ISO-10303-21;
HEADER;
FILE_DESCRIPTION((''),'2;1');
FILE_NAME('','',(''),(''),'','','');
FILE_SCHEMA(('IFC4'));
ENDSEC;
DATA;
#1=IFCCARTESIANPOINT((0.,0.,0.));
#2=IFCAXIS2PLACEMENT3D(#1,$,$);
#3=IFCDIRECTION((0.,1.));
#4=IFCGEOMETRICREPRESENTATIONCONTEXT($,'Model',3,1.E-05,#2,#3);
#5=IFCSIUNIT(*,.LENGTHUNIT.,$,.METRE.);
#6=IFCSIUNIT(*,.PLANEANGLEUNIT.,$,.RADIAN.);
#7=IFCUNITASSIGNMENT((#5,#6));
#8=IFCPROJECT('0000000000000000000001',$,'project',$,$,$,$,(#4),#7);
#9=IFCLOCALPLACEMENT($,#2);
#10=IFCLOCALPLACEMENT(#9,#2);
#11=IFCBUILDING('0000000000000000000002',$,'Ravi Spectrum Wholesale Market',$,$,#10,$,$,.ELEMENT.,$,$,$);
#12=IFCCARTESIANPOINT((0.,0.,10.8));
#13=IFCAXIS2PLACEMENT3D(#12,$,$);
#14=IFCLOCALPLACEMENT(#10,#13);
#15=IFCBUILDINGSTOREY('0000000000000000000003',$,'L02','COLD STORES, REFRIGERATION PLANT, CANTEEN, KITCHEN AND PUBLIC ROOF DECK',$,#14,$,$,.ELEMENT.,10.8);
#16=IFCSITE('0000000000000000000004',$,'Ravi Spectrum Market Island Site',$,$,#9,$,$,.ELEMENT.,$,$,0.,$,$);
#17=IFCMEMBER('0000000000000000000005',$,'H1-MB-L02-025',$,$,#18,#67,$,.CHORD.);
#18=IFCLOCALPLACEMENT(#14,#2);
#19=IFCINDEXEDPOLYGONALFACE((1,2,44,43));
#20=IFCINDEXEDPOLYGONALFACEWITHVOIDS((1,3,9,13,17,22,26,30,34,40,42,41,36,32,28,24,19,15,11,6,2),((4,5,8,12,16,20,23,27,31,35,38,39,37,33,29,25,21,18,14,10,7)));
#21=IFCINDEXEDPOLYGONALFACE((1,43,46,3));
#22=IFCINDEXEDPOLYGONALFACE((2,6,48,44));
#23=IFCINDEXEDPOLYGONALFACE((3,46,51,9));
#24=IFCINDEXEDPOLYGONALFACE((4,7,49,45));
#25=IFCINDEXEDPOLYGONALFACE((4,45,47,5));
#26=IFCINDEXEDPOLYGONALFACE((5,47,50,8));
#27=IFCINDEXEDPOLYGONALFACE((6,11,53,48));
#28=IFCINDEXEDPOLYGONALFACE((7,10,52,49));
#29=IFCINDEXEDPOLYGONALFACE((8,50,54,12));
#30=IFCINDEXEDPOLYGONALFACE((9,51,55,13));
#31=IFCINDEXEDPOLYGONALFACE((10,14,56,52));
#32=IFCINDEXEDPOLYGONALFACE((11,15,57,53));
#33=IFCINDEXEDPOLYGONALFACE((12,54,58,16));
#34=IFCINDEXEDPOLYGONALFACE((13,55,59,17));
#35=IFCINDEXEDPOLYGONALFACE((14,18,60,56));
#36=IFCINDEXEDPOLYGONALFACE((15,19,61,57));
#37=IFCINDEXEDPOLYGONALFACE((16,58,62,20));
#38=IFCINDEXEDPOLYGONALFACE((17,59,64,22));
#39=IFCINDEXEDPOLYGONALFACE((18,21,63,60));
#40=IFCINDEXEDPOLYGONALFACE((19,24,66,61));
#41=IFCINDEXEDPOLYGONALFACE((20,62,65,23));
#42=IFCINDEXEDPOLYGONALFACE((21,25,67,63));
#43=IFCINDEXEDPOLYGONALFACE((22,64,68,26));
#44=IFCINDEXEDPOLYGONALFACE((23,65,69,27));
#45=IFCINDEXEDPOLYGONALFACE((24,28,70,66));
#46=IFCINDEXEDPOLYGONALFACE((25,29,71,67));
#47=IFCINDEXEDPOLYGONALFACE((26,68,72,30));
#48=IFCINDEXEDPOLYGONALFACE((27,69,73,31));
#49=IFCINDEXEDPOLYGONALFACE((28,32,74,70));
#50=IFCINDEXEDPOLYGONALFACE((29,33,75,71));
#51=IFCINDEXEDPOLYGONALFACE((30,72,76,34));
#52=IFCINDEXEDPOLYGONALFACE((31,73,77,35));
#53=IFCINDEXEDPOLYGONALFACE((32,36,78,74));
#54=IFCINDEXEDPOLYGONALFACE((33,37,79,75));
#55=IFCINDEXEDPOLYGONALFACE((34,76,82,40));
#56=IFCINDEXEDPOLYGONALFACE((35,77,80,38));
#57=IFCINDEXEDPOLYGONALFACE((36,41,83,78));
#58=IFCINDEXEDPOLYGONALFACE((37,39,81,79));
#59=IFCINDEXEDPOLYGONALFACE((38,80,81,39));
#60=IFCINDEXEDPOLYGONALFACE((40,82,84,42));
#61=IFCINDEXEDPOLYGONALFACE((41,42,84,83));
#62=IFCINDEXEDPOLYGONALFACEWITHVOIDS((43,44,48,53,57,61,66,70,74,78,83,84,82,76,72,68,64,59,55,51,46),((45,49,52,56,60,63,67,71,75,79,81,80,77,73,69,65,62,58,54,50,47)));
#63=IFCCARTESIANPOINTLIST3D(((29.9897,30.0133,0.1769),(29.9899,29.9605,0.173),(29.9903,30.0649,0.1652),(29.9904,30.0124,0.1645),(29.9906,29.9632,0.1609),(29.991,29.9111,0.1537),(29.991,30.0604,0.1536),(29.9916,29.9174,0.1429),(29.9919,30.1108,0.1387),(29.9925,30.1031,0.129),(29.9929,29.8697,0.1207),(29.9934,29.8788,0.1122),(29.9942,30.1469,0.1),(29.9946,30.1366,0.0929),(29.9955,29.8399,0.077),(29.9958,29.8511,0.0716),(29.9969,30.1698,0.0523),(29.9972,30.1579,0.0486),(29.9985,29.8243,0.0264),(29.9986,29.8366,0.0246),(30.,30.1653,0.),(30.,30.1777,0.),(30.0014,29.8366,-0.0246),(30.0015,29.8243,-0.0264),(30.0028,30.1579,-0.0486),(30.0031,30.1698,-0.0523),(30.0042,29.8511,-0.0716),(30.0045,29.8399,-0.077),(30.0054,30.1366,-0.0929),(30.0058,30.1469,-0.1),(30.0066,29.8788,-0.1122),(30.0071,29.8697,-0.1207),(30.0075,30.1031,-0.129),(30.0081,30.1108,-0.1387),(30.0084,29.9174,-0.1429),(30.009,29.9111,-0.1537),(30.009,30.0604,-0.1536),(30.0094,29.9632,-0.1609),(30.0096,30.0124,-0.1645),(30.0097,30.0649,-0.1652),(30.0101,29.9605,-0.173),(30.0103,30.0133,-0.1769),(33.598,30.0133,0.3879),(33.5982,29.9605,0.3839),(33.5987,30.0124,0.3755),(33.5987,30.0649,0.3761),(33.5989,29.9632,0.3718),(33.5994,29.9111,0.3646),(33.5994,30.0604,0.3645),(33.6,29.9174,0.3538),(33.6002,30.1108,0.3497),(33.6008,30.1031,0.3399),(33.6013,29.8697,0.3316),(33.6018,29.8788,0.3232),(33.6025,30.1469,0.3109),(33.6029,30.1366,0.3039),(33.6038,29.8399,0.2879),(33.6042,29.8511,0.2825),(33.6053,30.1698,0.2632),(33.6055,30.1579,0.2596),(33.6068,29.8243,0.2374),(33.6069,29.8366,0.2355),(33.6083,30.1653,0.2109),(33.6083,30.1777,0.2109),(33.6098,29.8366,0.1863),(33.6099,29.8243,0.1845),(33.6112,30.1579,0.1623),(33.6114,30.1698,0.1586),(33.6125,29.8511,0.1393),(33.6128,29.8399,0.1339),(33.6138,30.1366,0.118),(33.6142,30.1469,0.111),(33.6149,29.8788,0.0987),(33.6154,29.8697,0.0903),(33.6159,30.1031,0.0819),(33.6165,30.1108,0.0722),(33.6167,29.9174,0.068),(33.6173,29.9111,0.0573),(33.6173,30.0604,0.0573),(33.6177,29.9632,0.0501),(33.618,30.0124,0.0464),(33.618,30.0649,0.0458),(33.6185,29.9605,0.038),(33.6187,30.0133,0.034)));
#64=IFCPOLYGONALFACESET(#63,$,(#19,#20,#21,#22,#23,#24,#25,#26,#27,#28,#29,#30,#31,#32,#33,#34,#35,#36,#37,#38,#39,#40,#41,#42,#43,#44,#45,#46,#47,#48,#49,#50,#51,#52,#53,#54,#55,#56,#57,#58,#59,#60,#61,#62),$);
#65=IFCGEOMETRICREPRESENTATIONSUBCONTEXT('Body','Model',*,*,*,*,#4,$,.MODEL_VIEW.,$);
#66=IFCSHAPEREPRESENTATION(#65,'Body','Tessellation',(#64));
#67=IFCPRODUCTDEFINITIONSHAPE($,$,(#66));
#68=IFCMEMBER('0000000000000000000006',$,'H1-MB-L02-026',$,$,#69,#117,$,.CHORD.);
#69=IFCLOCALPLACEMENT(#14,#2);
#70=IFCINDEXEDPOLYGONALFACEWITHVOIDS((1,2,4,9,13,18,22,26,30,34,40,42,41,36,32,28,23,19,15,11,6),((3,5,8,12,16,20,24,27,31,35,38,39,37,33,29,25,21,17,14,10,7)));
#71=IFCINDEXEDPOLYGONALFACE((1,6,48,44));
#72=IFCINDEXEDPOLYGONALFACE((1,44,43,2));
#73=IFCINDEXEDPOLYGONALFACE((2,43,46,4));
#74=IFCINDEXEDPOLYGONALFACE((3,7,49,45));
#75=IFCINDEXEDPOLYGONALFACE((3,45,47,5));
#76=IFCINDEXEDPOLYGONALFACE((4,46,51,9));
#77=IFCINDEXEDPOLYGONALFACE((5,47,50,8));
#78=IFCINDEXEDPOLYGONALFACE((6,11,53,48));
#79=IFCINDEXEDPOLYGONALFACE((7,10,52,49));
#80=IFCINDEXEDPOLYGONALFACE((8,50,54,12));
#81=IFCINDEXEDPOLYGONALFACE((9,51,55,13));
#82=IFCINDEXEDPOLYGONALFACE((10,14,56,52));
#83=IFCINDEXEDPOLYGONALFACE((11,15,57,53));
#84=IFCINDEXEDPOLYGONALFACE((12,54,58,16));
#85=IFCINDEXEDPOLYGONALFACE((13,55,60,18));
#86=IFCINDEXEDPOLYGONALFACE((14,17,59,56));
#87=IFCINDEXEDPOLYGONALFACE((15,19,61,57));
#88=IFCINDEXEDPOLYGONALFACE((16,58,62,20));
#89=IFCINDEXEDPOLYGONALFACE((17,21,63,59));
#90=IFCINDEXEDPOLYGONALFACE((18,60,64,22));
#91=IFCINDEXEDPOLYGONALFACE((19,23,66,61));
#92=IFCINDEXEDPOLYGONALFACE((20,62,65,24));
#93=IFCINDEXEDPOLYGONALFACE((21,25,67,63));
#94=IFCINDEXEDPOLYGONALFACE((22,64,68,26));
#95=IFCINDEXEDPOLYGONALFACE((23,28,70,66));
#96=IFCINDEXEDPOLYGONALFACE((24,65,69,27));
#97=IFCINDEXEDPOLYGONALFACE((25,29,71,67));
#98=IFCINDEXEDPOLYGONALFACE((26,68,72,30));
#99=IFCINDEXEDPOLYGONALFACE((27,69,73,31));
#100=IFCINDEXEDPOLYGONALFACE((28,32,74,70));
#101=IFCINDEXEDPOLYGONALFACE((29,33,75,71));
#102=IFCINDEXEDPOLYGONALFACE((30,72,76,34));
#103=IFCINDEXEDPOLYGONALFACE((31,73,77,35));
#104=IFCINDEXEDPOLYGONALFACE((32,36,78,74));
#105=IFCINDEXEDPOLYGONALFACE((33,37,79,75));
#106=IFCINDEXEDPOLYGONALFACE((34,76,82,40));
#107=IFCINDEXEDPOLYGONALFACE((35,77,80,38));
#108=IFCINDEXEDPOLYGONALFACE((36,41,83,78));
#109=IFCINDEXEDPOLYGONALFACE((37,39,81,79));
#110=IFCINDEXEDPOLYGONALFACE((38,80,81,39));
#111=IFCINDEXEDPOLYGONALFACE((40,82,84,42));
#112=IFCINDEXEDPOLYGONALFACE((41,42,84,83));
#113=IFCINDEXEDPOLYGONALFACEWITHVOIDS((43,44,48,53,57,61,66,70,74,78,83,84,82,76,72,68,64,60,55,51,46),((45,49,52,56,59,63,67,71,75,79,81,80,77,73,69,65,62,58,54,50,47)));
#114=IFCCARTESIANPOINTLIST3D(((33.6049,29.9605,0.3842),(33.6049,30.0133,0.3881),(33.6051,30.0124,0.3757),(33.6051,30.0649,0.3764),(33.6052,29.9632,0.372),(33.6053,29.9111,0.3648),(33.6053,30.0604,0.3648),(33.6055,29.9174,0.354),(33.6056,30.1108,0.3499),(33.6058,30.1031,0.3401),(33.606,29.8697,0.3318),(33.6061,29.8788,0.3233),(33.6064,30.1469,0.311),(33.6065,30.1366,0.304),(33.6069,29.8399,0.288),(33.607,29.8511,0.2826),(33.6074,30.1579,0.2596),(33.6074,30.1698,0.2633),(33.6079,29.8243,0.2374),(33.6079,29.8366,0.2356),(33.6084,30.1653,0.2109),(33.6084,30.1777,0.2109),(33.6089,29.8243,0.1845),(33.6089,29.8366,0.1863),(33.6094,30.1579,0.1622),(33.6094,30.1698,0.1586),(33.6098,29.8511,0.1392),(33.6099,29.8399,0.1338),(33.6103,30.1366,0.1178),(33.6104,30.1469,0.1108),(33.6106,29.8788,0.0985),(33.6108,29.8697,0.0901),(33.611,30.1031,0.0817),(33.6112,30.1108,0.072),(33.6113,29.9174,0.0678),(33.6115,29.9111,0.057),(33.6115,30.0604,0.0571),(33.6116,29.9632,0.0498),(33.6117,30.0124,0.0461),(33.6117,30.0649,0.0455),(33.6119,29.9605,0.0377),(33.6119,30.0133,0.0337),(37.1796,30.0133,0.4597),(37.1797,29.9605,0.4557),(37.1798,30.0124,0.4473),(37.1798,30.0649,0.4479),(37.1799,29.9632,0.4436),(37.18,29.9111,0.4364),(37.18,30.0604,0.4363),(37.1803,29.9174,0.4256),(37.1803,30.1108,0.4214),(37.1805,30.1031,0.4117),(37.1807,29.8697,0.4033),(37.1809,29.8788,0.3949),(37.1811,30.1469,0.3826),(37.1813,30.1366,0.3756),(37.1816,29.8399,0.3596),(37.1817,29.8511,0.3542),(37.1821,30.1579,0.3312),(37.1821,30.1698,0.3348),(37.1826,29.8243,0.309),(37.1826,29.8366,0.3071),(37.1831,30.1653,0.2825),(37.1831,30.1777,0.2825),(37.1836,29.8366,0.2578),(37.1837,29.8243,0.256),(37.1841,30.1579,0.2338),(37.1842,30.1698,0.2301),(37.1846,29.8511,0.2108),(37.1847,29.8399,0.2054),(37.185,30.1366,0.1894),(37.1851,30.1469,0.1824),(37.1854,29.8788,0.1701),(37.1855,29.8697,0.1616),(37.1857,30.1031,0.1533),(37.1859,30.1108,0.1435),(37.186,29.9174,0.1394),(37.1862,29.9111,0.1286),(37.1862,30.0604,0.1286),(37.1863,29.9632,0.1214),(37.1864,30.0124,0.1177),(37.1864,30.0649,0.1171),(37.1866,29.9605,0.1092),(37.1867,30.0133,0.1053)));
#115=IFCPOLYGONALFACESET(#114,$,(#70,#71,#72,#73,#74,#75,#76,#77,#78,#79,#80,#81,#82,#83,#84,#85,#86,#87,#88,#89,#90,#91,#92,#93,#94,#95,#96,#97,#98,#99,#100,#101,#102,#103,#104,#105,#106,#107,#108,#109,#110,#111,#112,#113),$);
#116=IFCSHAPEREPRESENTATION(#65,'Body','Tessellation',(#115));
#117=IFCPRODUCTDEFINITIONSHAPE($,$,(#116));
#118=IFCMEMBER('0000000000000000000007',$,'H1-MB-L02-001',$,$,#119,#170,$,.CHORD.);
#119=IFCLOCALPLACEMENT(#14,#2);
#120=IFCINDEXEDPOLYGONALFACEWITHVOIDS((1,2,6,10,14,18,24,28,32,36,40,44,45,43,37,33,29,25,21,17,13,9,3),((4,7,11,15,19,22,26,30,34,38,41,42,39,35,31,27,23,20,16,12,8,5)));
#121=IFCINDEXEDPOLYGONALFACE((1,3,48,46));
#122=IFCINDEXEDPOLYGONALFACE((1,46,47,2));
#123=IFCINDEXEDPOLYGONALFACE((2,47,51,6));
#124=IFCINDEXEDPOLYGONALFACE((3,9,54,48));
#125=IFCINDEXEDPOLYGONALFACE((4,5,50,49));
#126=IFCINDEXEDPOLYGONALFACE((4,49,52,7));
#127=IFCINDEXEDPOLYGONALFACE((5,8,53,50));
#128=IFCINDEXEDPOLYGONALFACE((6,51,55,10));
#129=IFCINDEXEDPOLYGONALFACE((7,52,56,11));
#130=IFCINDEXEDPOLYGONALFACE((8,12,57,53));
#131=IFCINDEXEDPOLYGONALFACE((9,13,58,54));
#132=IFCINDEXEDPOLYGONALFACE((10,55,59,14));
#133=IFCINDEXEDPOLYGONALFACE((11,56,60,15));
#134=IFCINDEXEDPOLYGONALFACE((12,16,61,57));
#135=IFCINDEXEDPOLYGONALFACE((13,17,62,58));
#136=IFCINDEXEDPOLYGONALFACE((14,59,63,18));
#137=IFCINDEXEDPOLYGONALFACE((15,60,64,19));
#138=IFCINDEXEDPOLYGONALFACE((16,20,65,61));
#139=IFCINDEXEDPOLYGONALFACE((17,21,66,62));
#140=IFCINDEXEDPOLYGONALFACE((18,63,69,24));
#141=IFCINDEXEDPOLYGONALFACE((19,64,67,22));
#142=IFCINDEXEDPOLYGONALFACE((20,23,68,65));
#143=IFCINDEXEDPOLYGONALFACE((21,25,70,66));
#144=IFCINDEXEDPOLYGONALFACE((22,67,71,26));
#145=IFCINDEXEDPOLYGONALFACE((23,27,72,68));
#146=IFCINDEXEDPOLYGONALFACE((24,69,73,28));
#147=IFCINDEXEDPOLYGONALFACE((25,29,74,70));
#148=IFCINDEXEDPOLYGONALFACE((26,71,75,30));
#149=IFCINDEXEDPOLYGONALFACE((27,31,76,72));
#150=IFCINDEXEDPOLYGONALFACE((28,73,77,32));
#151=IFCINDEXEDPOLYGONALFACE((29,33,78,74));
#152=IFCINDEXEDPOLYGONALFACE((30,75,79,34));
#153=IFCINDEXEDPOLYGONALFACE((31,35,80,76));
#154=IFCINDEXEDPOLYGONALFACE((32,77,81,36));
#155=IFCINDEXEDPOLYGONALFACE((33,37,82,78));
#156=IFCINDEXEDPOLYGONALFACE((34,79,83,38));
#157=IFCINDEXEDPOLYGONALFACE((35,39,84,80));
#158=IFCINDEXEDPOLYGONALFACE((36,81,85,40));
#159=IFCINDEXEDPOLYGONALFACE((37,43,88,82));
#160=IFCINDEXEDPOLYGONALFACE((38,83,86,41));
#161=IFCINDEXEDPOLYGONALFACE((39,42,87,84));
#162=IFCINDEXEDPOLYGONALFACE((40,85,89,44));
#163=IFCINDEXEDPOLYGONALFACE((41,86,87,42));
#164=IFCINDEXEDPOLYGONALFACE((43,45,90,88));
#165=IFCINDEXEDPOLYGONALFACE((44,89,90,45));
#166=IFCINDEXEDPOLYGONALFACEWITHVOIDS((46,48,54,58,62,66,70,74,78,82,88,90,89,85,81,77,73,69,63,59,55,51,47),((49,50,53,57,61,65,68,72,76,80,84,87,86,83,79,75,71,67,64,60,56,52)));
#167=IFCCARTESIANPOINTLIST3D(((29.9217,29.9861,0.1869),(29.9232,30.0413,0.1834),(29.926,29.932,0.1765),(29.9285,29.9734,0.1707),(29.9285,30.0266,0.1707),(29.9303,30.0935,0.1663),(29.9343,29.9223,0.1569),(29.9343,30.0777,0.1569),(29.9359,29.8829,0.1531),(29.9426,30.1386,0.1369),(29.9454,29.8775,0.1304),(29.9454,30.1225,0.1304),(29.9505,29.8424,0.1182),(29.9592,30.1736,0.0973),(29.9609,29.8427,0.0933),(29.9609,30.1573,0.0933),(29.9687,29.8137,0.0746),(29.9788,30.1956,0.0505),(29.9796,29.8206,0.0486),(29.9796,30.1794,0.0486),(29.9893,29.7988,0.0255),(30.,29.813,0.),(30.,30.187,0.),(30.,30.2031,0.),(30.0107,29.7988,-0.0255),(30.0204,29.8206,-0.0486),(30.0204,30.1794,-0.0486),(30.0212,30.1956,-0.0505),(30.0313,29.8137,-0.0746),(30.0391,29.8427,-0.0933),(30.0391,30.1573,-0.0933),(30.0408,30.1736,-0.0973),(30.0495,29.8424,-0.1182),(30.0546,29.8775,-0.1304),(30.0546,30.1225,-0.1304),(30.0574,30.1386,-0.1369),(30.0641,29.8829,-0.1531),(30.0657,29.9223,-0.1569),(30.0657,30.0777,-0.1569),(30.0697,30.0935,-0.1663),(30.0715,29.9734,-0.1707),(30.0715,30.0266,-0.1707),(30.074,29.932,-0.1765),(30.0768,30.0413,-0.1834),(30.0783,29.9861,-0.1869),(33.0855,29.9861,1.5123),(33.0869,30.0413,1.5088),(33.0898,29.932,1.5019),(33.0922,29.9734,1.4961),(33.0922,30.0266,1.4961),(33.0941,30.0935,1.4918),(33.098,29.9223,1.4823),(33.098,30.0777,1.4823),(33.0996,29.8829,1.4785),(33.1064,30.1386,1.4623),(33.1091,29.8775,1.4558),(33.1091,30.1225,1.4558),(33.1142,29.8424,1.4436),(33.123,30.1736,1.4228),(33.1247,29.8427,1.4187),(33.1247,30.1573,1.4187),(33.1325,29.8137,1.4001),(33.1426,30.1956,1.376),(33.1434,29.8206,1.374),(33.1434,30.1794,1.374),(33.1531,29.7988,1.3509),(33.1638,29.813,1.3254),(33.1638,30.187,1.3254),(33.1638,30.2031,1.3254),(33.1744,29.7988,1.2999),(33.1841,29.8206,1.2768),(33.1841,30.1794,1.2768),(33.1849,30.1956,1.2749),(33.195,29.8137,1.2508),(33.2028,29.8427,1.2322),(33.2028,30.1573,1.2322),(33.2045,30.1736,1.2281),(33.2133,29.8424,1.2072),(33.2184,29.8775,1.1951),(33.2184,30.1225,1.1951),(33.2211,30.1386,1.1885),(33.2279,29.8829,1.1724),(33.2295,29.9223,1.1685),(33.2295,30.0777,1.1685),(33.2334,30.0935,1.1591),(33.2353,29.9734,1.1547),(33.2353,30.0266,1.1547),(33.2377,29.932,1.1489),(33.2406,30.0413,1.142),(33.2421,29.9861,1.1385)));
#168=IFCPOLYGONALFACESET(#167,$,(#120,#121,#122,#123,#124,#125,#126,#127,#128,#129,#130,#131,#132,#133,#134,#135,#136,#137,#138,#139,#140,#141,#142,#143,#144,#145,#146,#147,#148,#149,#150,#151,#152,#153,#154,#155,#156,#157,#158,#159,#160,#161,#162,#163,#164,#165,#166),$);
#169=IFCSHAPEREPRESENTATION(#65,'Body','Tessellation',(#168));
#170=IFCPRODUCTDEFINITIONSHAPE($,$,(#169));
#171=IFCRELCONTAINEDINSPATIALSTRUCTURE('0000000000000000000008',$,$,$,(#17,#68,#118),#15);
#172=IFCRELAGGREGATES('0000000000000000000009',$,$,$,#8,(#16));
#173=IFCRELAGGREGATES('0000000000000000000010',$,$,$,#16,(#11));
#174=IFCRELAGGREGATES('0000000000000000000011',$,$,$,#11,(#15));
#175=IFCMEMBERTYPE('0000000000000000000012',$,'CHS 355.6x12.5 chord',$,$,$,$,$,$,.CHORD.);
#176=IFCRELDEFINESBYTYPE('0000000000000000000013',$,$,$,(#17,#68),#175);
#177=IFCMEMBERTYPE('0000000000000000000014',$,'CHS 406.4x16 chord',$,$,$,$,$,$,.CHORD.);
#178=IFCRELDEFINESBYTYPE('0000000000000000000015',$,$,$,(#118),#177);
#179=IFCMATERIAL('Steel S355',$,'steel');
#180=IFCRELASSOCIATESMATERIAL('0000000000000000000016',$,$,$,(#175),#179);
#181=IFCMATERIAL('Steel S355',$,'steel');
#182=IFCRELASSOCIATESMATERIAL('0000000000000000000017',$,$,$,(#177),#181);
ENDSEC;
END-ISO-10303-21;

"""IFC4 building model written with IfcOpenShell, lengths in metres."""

from ifc_helpers import new_model, si_unit, direction, frame, origin, origin_2d, place, context, subcontext, project, spatial, hollow_circle, extrude, material, material_profile, profile_set, type_object, element, save


model = new_model("IFC4")

# Units and contexts
model_context = context("Model", 3, precision=1e-05, world=origin(), true_north=direction((0.0, 1.0)))
body_context = subcontext(model_context, "Body", "Model", "MODEL_VIEW")
ifc_project = project(units=[si_unit("LENGTHUNIT", "METRE"), si_unit("PLANEANGLEUNIT", "RADIAN")], contexts=[model_context])

# Site, building, storey
site_placement = place(None, origin())
site = spatial("IfcSite", under=ifc_project, at=site_placement, Name="Ravi Spectrum Market Island Site", CompositionType="ELEMENT", RefElevation=0.0)
building_placement = place(site_placement, origin())
building = spatial("IfcBuilding", under=site, at=building_placement, Name="Ravi Spectrum Wholesale Market", CompositionType="ELEMENT")
storey_placement = place(building_placement, frame((0.0, 0.0, 10.8)))
storey = spatial("IfcBuildingStorey", under=building, at=storey_placement, Name="L02", Description="COLD STORES, REFRIGERATION PLANT, CANTEEN, KITCHEN AND PUBLIC ROOF DECK", CompositionType="ELEMENT", Elevation=10.8)

# Members
ifc_material_1 = material(Name="Steel S355", Category="steel")
ifc_material_profile_1 = material_profile(ifc_material_1, hollow_circle(Radius=0.1777, WallThickness=0.0125, at=origin_2d()))
ifc_profile_set_1 = profile_set([ifc_material_profile_1], Name="Steel S355")
member_type_1 = type_object("IfcMemberType", Name="CHS 355.6x12.5 chord", PredefinedType="CHORD", material=ifc_profile_set_1)
member_1_placement = place(storey_placement, frame((30.0, 30.0, 0.0), z_axis=(0.998296, 0.0, 0.058358), x_axis=(0.0, 1.0, 0.0)))
element("IfcMember", 1, at=member_1_placement, inside=storey, type_object=member_type_1, Name="H1-MB-L02-025", PredefinedType="CHORD", context=body_context, shape_type="SweptSolid", body=[
    extrude(hollow_circle(Radius=0.1777, WallThickness=0.0125, at=origin_2d()), origin(), (0.0, 0.0, 1.0), 3.6145),
])
member_2_placement = place(storey_placement, frame((33.6084, 30.0, 0.2109), z_axis=(0.9998, 0.0, 0.020007), x_axis=(0.0, 1.0, 0.0)))
element("IfcMember", 2, at=member_2_placement, inside=storey, type_object=member_type_1, Name="H1-MB-L02-026", PredefinedType="CHORD", context=body_context, shape_type="SweptSolid", body=[
    extrude(hollow_circle(Radius=0.1777, WallThickness=0.0125, at=origin_2d()), origin(), (0.0, 0.0, 1.0), 3.5754),
])
ifc_material_2 = material(Name="Steel S355", Category="steel")
ifc_material_profile_2 = material_profile(ifc_material_2, hollow_circle(Radius=0.2031, WallThickness=0.0161, at=origin_2d()))
ifc_profile_set_2 = profile_set([ifc_material_profile_2], Name="Steel S355")
member_type_2 = type_object("IfcMemberType", Name="CHS 406.4x16 chord", PredefinedType="CHORD", material=ifc_profile_set_2)
member_3_placement = place(storey_placement, frame((30.0, 30.0, 0.0), z_axis=(0.922332, 0.0, 0.386399), x_axis=(0.0, 1.0, 0.0)))
element("IfcMember", 3, at=member_3_placement, inside=storey, type_object=member_type_2, Name="H1-MB-L02-001", PredefinedType="CHORD", context=body_context, shape_type="SweptSolid", body=[
    extrude(hollow_circle(Radius=0.2031, WallThickness=0.0161, at=origin_2d()), origin(), (0.0, 0.0, 1.0), 3.4302),
])

save(model, "model.ifc")
